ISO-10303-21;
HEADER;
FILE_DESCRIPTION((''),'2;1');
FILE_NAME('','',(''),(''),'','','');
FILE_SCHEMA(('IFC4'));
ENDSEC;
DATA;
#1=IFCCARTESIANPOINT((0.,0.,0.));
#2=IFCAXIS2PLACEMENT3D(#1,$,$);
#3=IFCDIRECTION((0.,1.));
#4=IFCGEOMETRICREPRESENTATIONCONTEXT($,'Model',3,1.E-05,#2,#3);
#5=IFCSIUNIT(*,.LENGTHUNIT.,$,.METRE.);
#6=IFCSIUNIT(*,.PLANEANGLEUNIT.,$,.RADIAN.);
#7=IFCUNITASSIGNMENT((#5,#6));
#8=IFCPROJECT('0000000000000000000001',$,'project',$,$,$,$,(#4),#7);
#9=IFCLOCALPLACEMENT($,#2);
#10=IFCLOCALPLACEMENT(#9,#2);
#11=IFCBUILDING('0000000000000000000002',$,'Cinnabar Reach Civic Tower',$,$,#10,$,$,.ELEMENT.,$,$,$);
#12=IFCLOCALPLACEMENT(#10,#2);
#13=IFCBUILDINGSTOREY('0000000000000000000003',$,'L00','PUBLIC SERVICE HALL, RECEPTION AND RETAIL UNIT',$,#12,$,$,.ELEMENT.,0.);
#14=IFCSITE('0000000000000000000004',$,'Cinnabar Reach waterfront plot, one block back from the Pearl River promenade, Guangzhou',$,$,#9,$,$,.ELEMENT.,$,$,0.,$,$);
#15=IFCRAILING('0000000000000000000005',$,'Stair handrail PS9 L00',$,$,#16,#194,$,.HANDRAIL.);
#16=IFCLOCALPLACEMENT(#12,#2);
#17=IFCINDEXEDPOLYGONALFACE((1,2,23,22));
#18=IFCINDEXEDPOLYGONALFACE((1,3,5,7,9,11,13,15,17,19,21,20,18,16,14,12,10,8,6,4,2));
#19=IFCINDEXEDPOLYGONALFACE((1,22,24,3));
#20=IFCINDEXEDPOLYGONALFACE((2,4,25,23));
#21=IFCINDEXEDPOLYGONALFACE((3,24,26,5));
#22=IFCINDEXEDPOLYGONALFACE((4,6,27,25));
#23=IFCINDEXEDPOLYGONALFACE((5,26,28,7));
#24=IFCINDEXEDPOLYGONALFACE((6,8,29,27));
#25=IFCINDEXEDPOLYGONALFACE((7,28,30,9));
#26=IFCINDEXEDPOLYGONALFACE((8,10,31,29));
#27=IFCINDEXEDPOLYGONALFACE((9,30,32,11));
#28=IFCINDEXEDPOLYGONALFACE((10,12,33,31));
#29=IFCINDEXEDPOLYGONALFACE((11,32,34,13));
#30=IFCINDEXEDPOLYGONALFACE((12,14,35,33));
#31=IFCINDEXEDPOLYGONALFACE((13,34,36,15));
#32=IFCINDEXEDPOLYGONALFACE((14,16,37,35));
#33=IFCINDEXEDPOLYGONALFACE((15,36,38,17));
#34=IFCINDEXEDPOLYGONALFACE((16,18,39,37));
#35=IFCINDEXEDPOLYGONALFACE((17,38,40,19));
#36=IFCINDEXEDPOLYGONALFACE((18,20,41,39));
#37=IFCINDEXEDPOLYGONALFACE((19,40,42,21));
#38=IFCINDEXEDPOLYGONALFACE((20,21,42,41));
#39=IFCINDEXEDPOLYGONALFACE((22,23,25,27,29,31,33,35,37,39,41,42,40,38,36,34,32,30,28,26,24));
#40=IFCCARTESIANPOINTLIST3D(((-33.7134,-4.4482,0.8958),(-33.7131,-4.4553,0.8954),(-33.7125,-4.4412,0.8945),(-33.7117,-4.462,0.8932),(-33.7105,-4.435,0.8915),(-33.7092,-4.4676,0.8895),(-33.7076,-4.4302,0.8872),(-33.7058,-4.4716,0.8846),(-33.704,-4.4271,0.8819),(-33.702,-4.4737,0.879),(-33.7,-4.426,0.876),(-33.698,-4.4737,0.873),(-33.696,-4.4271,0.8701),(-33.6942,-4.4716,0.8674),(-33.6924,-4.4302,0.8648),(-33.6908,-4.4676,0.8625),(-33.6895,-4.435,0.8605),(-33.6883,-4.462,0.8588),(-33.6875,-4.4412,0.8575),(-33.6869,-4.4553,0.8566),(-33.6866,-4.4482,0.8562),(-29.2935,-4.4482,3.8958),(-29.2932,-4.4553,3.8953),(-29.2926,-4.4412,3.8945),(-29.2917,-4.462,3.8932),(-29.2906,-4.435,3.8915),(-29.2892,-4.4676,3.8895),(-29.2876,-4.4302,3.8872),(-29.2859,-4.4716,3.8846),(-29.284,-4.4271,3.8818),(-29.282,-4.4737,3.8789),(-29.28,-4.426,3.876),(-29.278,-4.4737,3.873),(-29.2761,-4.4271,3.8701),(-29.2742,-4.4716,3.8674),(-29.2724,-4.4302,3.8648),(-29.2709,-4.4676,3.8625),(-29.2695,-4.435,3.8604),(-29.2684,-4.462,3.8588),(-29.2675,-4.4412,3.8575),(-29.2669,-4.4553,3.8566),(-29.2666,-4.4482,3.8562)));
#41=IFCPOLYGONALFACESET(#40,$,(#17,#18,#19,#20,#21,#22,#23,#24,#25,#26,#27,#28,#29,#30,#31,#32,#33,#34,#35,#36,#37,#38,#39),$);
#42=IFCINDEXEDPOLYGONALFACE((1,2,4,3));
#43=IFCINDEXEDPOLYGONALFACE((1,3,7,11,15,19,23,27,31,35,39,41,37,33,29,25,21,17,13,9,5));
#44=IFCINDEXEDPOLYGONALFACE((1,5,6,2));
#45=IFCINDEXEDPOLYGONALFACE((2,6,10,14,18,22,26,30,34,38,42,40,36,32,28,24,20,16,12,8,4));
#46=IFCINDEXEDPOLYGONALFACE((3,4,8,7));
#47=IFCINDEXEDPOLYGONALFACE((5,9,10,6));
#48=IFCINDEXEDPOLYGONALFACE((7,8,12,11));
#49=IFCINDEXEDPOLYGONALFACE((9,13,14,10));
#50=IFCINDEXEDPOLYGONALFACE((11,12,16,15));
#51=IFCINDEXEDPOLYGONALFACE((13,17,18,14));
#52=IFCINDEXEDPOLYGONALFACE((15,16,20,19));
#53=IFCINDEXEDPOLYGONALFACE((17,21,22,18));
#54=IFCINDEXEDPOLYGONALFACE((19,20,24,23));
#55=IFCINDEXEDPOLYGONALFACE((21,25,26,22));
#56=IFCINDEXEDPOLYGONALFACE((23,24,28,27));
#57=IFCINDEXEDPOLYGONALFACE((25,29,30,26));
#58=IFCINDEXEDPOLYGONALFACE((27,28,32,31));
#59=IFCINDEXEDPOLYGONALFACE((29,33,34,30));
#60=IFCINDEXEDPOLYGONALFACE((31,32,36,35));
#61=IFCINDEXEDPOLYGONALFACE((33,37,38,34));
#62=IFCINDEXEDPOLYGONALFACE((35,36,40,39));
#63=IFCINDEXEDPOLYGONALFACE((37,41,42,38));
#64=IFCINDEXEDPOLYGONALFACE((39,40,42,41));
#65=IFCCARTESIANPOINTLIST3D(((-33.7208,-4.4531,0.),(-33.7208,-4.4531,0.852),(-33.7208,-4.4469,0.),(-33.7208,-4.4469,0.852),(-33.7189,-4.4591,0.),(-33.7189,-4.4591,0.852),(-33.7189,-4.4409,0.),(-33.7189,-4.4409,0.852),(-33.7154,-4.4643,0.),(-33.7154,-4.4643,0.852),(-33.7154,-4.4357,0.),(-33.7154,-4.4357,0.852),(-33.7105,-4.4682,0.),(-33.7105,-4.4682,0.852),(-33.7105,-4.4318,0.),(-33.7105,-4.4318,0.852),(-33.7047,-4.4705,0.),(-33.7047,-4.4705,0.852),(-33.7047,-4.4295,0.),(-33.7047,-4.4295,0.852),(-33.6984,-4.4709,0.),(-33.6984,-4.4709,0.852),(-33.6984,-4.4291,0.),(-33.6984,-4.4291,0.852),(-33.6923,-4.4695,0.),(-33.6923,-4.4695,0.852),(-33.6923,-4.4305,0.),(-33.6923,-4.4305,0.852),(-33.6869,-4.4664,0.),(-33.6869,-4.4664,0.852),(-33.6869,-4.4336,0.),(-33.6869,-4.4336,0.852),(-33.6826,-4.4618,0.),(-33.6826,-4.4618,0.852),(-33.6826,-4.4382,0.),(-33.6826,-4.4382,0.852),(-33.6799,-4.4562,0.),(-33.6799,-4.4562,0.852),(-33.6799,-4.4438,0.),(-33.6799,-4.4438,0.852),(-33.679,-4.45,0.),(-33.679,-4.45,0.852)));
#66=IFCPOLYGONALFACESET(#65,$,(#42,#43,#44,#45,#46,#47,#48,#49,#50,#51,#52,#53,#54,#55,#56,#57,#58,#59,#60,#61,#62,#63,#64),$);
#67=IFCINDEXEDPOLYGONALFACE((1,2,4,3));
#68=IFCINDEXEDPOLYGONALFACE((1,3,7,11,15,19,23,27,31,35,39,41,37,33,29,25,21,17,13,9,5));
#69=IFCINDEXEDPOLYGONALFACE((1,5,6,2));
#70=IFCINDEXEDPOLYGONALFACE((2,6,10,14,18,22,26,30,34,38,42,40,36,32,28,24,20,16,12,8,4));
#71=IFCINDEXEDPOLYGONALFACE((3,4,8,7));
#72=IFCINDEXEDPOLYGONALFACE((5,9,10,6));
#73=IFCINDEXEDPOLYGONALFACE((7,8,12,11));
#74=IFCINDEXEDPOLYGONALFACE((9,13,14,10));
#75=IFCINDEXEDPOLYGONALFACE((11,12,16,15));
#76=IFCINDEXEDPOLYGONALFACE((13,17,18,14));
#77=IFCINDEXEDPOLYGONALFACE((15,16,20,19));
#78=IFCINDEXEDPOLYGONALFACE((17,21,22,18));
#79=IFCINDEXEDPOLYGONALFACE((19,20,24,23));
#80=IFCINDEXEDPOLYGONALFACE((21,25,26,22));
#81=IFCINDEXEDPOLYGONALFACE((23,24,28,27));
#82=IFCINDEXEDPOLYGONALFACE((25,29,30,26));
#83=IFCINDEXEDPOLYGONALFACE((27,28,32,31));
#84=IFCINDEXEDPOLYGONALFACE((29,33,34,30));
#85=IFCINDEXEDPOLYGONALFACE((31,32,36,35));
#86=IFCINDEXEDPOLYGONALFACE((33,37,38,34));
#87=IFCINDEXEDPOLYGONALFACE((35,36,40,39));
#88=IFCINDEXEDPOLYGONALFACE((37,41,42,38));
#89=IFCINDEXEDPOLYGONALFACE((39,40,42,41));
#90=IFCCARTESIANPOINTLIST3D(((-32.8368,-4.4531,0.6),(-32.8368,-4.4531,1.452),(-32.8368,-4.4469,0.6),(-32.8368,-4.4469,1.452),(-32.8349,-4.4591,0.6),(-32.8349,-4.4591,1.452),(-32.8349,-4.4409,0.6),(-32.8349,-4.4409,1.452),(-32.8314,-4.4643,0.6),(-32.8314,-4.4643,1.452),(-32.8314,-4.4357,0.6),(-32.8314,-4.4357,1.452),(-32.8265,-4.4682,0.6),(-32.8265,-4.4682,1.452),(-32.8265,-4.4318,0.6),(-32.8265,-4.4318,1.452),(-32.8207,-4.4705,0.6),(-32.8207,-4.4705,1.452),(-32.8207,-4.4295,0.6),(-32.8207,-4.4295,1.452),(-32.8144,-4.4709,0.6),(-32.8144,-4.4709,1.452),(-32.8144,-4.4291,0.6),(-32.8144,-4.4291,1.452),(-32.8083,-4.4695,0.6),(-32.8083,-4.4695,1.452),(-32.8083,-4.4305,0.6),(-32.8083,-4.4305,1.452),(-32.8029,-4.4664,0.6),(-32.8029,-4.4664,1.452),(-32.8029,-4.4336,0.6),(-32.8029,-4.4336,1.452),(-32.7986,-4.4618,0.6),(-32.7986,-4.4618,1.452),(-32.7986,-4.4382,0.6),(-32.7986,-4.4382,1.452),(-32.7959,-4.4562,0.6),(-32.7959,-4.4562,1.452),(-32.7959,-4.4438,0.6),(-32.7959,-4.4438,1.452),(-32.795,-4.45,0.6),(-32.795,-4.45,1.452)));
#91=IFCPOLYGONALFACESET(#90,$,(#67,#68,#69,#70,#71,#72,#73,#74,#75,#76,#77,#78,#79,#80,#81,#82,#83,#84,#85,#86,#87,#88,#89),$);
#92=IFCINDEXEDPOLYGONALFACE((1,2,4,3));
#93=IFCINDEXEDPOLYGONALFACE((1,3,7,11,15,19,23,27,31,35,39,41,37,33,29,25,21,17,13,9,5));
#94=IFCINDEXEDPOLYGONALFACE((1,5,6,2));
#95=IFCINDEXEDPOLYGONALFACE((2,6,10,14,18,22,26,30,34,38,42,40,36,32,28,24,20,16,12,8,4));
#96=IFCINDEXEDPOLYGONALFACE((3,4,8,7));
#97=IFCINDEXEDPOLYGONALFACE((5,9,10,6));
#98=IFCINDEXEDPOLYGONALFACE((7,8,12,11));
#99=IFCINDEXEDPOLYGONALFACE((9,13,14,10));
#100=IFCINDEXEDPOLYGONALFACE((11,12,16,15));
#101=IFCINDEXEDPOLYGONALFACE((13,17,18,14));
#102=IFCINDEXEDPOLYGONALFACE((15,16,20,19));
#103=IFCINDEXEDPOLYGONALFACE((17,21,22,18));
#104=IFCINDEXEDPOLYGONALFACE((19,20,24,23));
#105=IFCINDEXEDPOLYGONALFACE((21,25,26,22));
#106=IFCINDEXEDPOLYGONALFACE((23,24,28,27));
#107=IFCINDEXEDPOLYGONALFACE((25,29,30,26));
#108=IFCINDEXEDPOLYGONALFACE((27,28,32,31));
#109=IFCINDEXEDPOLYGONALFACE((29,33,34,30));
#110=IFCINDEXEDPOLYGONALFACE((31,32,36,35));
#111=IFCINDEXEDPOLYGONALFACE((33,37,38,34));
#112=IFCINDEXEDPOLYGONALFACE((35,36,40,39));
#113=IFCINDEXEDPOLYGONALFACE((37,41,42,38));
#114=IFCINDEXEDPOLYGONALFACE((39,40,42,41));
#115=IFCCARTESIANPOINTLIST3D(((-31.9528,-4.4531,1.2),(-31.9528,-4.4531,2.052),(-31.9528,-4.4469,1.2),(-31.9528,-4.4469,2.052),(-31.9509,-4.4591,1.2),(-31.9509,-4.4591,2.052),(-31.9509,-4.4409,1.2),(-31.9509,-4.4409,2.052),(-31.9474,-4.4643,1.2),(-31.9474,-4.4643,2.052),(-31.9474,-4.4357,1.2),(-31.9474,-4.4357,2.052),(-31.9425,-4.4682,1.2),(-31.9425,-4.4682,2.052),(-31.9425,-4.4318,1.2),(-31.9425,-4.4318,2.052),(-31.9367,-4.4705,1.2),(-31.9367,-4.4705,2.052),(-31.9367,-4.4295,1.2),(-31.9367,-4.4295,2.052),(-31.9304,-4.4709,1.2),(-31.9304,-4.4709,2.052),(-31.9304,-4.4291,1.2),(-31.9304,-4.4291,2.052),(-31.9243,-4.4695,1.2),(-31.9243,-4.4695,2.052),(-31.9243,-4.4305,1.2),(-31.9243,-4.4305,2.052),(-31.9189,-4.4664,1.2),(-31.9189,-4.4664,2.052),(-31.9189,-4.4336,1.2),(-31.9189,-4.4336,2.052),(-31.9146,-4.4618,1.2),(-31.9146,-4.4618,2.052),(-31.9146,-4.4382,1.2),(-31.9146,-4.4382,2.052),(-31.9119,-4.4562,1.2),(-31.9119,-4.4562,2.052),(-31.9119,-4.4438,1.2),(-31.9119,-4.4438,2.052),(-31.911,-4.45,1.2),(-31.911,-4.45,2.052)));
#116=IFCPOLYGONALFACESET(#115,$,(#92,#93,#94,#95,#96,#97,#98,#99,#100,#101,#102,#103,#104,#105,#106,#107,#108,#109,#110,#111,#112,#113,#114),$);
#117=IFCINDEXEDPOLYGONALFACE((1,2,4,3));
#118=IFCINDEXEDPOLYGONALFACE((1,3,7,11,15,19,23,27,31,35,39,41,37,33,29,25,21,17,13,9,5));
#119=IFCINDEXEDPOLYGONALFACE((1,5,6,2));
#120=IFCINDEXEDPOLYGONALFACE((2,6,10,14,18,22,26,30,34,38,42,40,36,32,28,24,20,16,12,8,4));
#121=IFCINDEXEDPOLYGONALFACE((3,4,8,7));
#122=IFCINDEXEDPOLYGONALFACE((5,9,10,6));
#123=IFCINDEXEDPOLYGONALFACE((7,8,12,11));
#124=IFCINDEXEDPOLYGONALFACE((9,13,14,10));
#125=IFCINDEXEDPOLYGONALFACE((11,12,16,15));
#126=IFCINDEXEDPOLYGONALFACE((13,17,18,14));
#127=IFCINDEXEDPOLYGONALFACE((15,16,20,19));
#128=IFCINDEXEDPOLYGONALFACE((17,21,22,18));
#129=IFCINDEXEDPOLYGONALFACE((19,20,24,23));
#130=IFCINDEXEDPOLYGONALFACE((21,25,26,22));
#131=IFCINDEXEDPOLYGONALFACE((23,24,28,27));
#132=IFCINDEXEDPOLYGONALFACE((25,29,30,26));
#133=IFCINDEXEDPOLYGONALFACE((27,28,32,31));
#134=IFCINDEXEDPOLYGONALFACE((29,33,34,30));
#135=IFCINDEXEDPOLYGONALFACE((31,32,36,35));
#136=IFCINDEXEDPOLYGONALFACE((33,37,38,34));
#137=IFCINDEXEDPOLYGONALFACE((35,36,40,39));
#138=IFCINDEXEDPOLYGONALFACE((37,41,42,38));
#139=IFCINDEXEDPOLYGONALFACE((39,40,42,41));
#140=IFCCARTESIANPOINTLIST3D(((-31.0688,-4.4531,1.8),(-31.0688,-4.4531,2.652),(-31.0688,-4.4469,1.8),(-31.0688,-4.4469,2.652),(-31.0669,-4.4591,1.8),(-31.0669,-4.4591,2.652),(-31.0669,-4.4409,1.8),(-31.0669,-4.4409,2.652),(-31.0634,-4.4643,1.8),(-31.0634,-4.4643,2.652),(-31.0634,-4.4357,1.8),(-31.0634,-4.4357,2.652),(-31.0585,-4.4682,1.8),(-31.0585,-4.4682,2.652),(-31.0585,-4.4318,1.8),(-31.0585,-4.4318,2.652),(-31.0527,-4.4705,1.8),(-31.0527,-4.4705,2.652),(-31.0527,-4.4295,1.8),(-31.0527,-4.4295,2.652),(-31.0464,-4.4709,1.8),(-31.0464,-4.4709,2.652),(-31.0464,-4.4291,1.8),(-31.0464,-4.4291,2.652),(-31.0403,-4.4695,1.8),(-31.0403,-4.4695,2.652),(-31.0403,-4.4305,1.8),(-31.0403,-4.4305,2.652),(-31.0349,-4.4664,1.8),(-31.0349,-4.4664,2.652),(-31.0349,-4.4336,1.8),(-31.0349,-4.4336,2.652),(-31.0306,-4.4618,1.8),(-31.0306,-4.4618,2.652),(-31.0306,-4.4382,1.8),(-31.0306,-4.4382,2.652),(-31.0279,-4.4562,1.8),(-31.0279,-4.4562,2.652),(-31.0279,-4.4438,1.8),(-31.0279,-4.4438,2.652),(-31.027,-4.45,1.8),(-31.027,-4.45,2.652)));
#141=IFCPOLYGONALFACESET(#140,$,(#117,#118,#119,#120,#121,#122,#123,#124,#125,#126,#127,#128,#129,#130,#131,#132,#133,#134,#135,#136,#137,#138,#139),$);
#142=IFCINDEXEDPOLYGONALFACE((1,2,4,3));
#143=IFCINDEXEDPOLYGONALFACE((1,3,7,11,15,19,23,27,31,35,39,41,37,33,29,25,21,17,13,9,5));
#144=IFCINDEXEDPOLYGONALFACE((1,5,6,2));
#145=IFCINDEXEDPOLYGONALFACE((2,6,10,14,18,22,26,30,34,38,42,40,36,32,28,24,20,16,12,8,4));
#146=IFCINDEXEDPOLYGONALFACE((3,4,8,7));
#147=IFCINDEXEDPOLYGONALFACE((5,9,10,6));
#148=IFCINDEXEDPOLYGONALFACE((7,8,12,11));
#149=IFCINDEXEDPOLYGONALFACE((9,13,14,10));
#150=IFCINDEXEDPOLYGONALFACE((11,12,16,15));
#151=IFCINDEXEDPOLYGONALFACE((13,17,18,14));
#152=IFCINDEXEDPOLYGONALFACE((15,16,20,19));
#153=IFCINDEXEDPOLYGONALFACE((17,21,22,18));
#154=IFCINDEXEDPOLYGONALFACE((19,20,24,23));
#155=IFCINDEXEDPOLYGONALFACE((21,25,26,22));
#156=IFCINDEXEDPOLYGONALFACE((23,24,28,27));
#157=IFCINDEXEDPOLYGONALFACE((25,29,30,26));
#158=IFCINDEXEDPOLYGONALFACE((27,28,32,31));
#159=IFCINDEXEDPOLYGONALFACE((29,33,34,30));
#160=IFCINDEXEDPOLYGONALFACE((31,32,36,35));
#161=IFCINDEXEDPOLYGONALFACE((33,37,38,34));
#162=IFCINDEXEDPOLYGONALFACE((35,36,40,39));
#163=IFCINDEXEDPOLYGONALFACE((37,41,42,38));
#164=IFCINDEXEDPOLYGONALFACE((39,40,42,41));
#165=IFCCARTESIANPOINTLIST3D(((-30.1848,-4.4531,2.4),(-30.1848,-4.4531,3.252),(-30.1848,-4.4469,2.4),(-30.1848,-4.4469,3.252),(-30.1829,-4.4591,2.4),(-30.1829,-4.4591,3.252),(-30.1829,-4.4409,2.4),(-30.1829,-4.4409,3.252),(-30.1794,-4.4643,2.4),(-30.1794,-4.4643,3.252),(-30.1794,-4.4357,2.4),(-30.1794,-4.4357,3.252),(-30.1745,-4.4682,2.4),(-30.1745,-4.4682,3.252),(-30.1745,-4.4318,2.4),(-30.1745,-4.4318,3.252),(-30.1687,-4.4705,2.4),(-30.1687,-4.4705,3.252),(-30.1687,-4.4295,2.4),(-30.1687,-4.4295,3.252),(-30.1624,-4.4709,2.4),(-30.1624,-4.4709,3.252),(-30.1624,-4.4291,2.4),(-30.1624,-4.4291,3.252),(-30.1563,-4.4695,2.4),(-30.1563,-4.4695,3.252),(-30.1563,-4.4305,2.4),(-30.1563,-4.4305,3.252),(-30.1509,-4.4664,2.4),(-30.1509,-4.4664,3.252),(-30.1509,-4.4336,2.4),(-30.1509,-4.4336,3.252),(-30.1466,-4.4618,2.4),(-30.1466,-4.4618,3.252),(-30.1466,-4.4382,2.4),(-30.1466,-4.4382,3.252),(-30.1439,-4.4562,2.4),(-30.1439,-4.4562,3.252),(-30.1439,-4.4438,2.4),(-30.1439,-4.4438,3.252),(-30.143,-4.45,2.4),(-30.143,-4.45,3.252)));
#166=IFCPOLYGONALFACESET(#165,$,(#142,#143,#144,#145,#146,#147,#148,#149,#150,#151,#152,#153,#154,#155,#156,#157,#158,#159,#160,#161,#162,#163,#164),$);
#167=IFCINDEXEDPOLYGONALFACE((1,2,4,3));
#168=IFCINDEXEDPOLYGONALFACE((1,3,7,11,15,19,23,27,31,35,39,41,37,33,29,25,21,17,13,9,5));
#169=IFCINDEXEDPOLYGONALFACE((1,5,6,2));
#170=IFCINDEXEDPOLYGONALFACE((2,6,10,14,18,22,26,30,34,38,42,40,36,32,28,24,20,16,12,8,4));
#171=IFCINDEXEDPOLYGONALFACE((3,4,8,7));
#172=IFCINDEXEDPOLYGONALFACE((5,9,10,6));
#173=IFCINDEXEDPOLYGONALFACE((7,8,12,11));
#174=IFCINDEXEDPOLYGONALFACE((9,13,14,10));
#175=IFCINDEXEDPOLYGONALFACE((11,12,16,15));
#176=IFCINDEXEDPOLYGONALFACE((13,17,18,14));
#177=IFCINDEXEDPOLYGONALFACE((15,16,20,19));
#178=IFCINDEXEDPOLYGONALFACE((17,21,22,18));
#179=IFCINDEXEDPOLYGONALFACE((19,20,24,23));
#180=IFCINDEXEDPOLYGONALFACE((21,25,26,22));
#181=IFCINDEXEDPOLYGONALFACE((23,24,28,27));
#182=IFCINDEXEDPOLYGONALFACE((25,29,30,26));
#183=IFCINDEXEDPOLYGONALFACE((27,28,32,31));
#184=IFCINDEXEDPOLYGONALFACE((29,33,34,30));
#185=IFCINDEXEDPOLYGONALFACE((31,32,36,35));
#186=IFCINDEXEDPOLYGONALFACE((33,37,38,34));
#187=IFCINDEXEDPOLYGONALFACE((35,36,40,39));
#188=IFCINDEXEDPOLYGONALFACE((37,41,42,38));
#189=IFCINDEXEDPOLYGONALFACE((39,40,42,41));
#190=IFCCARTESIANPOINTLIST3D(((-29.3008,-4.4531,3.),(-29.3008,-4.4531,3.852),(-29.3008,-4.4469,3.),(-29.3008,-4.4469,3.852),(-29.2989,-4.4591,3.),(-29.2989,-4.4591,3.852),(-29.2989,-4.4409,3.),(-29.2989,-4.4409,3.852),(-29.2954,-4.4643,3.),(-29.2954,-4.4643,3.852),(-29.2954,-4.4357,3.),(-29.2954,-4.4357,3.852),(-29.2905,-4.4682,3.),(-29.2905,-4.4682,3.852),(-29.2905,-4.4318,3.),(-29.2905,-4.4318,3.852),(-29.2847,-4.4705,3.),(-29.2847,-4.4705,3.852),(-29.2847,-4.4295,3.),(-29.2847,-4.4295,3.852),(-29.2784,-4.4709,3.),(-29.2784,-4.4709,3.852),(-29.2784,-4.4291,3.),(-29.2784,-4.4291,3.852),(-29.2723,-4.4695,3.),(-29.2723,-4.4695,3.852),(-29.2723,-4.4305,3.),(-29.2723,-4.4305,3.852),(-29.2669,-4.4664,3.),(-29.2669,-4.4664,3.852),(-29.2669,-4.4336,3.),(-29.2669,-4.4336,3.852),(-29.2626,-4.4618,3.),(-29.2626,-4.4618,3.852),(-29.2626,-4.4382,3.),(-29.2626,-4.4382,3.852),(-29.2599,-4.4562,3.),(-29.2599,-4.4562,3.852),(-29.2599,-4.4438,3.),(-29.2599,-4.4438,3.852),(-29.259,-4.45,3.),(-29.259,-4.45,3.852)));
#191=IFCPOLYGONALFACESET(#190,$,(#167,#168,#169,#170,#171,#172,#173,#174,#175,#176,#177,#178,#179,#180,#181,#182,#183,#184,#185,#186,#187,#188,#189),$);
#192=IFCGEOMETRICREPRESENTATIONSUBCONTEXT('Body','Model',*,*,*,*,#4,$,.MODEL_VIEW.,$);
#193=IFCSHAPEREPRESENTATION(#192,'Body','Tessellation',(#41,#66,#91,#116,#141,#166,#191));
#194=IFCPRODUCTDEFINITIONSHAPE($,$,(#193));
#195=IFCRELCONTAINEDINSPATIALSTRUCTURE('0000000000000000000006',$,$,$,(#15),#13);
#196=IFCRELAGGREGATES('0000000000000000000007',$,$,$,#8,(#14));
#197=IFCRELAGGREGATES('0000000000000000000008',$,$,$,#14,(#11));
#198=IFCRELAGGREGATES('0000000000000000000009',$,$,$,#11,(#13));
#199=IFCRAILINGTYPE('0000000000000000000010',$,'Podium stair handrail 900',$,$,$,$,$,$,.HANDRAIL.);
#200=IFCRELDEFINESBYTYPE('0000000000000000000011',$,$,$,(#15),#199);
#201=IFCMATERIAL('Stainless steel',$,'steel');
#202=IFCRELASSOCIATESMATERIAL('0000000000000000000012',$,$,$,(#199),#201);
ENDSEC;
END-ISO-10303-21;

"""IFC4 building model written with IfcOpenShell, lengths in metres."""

from ifc_helpers import new_model, si_unit, direction, frame, origin, origin_2d, place, context, subcontext, project, spatial, circle, extrude, material, type_object, element, save


model = new_model("IFC4")

# Units and contexts
model_context = context("Model", 3, precision=1e-05, world=origin(), true_north=direction((0.0, 1.0)))
body_context = subcontext(model_context, "Body", "Model", "MODEL_VIEW")
ifc_project = project(units=[si_unit("LENGTHUNIT", "METRE"), si_unit("PLANEANGLEUNIT", "RADIAN")], contexts=[model_context])

# Site, building, storey
site_placement = place(None, origin())
site = spatial("IfcSite", under=ifc_project, at=site_placement, Name="Cinnabar Reach waterfront plot, one block back from the Pearl River promenade, Guangzhou", CompositionType="ELEMENT", RefElevation=0.0)
building_placement = place(site_placement, origin())
building = spatial("IfcBuilding", under=site, at=building_placement, Name="Cinnabar Reach Civic Tower", CompositionType="ELEMENT")
storey_placement = place(building_placement, origin())
storey = spatial("IfcBuildingStorey", under=building, at=storey_placement, Name="L00", Description="PUBLIC SERVICE HALL, RECEPTION AND RETAIL UNIT", CompositionType="ELEMENT", Elevation=0.0)

# Railing
ifc_material_1 = material(Name="Stainless steel", Category="steel")
railing_type_1 = type_object("IfcRailingType", Name="Podium stair handrail 900", PredefinedType="HANDRAIL", material=ifc_material_1)
railing_1_placement = place(storey_placement, frame((-33.7, -4.45, 0.0)))
element("IfcRailing", 1, at=railing_1_placement, inside=storey, type_object=railing_type_1, Name="Stair handrail PS9 L00", PredefinedType="HANDRAIL", context=body_context, shape_type="SweptSolid", body=[
    extrude(circle(Radius=0.024, at=origin_2d()), frame((0.0, 0.0, 0.876), z_axis=(0.827414, 0.0, 0.561593), x_axis=(0.0, 1.0, 0.0)), (0.0, 0.0, 1.0), 5.3419),
    extrude(circle(Radius=0.021, at=origin_2d()), origin(), (0.0, 0.0, 1.0), 0.852),
    extrude(circle(Radius=0.021, at=origin_2d()), frame((0.884, 0.0, 0.6)), (0.0, 0.0, 1.0), 0.852),
    extrude(circle(Radius=0.021, at=origin_2d()), frame((1.768, 0.0, 1.2)), (0.0, 0.0, 1.0), 0.852),
    extrude(circle(Radius=0.021, at=origin_2d()), frame((2.652, 0.0, 1.8)), (0.0, 0.0, 1.0), 0.852),
    extrude(circle(Radius=0.021, at=origin_2d()), frame((3.536, 0.0, 2.4)), (0.0, 0.0, 1.0), 0.852),
    extrude(circle(Radius=0.021, at=origin_2d()), frame((4.42, 0.0, 3.0)), (0.0, 0.0, 1.0), 0.852),
])

save(model, "model.ifc")
